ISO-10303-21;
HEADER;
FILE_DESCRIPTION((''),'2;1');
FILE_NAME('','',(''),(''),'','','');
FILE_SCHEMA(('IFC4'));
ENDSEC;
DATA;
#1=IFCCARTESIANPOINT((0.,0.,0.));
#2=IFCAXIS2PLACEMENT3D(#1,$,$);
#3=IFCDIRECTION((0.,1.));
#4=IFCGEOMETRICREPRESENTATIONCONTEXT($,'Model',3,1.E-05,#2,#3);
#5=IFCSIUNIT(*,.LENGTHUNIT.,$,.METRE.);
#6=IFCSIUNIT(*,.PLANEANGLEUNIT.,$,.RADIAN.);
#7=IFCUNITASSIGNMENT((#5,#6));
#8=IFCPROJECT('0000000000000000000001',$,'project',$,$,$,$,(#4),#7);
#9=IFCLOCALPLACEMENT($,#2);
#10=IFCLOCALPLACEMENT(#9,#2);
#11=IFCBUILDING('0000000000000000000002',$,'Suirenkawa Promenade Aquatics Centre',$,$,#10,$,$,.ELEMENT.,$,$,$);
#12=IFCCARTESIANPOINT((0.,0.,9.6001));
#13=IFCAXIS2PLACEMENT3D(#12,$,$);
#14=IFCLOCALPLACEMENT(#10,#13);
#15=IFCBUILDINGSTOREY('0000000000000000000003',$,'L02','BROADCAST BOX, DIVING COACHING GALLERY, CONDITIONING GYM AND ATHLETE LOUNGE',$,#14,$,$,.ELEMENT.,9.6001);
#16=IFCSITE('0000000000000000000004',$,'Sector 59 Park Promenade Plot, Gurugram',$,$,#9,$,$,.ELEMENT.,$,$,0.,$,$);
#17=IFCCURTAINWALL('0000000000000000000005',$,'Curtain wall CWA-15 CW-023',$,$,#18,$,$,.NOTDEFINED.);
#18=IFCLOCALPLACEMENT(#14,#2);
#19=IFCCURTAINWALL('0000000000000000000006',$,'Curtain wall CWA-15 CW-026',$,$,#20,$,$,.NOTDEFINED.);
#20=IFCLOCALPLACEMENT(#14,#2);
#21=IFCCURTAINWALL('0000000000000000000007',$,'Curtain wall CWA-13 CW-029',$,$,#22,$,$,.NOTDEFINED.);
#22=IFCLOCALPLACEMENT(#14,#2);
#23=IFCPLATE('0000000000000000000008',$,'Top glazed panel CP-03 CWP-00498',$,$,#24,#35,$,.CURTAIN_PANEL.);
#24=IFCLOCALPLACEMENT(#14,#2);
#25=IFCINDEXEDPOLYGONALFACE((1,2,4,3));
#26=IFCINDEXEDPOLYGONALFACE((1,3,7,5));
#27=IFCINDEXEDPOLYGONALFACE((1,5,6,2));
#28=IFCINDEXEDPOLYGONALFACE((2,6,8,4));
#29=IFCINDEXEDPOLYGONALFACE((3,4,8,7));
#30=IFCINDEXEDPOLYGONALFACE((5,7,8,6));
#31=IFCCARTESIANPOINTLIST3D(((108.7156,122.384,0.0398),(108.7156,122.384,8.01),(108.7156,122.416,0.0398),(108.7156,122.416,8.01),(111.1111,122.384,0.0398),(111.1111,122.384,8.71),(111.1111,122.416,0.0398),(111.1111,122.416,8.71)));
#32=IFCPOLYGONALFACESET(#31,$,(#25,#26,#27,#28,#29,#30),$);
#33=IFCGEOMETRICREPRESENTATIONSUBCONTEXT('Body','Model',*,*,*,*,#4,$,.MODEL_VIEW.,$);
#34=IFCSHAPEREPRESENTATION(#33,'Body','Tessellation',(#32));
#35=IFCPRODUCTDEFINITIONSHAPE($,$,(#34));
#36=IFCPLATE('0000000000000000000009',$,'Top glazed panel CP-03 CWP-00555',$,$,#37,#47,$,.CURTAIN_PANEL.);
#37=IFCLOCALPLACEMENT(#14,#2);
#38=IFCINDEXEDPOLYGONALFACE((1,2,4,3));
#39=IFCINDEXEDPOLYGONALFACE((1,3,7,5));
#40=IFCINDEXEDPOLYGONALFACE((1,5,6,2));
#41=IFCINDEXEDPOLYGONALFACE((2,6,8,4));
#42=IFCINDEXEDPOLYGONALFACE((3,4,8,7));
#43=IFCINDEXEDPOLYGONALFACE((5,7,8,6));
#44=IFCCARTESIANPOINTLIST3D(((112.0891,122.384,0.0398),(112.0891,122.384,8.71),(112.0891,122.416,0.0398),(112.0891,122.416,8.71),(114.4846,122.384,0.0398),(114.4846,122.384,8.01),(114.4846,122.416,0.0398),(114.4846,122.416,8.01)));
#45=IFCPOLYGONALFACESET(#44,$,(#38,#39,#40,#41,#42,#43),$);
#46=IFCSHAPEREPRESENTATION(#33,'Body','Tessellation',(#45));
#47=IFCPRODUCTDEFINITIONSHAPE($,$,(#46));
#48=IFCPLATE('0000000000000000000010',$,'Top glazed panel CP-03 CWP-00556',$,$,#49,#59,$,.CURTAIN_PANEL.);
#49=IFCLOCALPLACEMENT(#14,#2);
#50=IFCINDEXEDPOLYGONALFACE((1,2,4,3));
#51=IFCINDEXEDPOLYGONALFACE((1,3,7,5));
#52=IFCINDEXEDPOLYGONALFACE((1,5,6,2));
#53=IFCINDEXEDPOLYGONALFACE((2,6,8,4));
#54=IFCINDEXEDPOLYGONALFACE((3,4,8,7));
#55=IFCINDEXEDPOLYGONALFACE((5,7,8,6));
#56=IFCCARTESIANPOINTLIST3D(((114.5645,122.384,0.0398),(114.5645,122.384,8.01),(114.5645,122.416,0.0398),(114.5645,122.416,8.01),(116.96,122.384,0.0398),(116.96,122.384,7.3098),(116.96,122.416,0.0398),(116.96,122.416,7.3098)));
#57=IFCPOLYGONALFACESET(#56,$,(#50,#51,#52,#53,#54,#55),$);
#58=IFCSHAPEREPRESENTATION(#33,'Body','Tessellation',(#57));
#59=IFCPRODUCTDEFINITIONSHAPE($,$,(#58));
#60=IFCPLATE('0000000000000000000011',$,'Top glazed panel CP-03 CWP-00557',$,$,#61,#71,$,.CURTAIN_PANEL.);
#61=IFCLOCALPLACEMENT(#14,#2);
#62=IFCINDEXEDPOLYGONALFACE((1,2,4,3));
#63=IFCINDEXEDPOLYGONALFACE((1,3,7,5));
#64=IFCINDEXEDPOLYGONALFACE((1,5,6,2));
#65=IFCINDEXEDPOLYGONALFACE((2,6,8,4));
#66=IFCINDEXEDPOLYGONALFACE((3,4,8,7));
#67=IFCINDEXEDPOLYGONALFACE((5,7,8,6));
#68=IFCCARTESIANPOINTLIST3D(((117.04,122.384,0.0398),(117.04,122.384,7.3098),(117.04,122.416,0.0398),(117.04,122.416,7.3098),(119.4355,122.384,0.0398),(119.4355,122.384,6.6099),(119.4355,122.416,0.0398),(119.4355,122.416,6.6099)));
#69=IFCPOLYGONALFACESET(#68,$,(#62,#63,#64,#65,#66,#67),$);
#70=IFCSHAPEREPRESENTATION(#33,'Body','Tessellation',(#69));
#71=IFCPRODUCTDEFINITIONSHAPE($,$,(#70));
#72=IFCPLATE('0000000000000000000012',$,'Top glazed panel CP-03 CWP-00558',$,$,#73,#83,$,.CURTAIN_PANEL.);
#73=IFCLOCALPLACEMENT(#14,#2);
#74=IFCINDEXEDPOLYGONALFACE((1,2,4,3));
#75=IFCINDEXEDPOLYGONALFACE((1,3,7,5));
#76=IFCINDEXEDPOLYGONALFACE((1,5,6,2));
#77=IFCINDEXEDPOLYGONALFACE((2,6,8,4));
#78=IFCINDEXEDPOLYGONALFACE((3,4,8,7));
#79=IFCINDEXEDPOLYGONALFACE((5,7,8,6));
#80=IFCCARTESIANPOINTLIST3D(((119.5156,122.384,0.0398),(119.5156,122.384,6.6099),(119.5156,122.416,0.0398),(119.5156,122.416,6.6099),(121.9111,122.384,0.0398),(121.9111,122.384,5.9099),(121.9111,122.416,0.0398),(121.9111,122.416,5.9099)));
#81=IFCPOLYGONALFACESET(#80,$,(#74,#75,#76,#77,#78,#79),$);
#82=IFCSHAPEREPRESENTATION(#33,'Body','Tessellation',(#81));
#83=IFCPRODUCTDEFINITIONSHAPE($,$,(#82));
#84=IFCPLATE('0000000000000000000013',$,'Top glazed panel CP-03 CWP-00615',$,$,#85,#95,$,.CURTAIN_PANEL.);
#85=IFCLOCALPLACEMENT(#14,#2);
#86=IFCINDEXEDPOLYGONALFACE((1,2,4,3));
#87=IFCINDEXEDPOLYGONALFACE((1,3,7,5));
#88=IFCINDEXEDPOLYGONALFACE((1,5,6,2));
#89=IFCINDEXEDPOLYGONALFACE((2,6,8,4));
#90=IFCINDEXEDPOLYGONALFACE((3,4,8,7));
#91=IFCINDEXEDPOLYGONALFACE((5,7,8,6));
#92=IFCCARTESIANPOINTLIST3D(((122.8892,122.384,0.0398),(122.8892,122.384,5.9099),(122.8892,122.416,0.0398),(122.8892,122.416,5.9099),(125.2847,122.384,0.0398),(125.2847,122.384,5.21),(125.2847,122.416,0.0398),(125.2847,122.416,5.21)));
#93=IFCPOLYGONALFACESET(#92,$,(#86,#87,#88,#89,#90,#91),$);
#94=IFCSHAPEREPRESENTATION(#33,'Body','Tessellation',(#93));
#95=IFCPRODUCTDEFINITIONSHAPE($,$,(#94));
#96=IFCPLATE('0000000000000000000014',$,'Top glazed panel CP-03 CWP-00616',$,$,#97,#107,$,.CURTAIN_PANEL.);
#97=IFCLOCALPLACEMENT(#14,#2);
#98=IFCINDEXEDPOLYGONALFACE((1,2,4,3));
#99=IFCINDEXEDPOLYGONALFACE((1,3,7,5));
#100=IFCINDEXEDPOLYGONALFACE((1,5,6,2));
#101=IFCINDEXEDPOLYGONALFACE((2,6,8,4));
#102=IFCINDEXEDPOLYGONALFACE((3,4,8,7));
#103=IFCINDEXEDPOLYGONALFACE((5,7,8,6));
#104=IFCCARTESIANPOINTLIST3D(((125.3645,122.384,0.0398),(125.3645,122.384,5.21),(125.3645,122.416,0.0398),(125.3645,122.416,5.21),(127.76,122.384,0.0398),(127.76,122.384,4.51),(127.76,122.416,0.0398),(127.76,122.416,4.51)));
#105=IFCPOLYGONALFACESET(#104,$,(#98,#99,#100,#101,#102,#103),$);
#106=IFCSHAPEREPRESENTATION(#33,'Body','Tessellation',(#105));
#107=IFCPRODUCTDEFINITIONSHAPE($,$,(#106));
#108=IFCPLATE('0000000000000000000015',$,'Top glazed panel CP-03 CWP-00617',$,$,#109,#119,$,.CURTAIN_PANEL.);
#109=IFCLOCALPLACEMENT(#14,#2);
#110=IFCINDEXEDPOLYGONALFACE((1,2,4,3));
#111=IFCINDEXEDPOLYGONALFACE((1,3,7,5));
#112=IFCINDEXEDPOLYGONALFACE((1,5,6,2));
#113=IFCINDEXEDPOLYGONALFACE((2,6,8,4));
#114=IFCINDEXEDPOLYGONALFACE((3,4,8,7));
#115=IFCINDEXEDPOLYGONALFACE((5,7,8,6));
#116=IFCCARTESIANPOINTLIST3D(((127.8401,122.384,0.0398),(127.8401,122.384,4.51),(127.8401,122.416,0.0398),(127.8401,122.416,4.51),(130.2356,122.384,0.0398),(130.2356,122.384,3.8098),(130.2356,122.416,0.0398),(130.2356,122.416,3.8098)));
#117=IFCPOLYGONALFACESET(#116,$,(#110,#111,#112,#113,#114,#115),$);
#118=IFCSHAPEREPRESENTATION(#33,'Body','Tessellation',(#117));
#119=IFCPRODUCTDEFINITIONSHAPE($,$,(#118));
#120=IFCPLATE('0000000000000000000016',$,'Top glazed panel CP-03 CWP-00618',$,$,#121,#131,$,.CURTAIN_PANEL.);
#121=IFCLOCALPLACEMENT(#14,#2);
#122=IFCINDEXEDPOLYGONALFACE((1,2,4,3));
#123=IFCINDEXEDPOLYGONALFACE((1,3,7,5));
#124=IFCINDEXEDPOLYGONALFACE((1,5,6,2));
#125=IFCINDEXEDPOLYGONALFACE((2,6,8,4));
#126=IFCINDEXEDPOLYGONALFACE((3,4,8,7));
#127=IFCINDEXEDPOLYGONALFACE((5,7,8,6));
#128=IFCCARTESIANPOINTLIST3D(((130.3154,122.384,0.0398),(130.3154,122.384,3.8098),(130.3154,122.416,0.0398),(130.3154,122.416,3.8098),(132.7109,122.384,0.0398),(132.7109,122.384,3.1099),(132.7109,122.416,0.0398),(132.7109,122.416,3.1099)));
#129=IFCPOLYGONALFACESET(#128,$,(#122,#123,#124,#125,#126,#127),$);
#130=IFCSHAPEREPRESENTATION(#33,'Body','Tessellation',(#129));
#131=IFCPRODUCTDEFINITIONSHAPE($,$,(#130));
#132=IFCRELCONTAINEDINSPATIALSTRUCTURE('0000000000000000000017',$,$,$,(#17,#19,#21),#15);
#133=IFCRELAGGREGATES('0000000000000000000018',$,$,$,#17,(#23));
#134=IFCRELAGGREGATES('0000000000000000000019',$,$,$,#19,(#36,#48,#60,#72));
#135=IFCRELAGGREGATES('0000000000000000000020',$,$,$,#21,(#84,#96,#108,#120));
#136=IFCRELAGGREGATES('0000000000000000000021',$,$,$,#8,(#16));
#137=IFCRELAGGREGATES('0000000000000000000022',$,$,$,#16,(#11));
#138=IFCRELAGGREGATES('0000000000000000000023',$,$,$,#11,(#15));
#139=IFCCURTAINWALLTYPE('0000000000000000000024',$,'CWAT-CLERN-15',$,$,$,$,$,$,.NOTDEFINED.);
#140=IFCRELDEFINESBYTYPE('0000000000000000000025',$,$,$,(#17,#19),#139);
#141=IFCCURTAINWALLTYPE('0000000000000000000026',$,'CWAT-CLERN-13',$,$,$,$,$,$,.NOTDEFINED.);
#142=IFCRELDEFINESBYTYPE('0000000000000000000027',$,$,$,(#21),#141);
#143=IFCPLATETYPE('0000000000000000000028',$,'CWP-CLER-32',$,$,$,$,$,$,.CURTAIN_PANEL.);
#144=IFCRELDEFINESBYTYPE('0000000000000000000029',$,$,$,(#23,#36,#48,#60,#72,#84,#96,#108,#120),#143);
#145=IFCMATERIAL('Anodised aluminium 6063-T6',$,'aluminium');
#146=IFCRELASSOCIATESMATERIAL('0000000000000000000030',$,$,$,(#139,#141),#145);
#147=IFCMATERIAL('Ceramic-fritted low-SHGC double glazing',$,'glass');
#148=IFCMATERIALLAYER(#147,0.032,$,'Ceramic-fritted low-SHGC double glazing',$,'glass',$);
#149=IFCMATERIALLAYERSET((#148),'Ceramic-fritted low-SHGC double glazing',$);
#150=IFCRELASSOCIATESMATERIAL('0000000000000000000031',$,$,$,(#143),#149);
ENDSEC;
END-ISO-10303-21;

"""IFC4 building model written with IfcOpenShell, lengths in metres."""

from ifc_helpers import new_model, si_unit, direction, frame, origin, place, context, subcontext, project, spatial, polyline, outline, extrude, material, layer, layer_set, type_object, element, aggregate, save


model = new_model("IFC4")

# Units and contexts
model_context = context("Model", 3, precision=1e-05, world=origin(), true_north=direction((0.0, 1.0)))
body_context = subcontext(model_context, "Body", "Model", "MODEL_VIEW")
ifc_project = project(units=[si_unit("LENGTHUNIT", "METRE"), si_unit("PLANEANGLEUNIT", "RADIAN")], contexts=[model_context])

# Site, building, storey
site_placement = place(None, origin())
site = spatial("IfcSite", under=ifc_project, at=site_placement, Name="Sector 59 Park Promenade Plot, Gurugram", CompositionType="ELEMENT", RefElevation=0.0)
building_placement = place(site_placement, origin())
building = spatial("IfcBuilding", under=site, at=building_placement, Name="Suirenkawa Promenade Aquatics Centre", CompositionType="ELEMENT")
storey_placement = place(building_placement, frame((0.0, 0.0, 9.6001)))
storey = spatial("IfcBuildingStorey", under=building, at=storey_placement, Name="L02", Description="BROADCAST BOX, DIVING COACHING GALLERY, CONDITIONING GYM AND ATHLETE LOUNGE", CompositionType="ELEMENT", Elevation=9.6001)

# Curtain wall
ifc_material_1 = material(Name="Anodised aluminium 6063-T6", Category="aluminium")
curtain_wall_type_1 = type_object("IfcCurtainWallType", Name="CWAT-CLERN-15", PredefinedType="NOTDEFINED", material=ifc_material_1)
curtain_wall_1_placement = place(storey_placement, origin())
curtain_wall_1 = element("IfcCurtainWall", 1, at=curtain_wall_1_placement, inside=storey, type_object=curtain_wall_type_1, Name="Curtain wall CWA-15 CW-023", PredefinedType="NOTDEFINED")

# Curtain walls
curtain_wall_2_placement = place(storey_placement, origin())
curtain_wall_2 = element("IfcCurtainWall", 2, at=curtain_wall_2_placement, inside=storey, type_object=curtain_wall_type_1, Name="Curtain wall CWA-15 CW-026", PredefinedType="NOTDEFINED")
curtain_wall_type_2 = type_object("IfcCurtainWallType", Name="CWAT-CLERN-13", PredefinedType="NOTDEFINED", material=ifc_material_1)
curtain_wall_3_placement = place(storey_placement, origin())
curtain_wall_3 = element("IfcCurtainWall", 3, at=curtain_wall_3_placement, inside=storey, type_object=curtain_wall_type_2, Name="Curtain wall CWA-13 CW-029", PredefinedType="NOTDEFINED")

# Plates
ifc_material_2 = material(Name="Ceramic-fritted low-SHGC double glazing", Category="glass")
ifc_layer = layer(ifc_material_2, 0.032, Name="Ceramic-fritted low-SHGC double glazing", Category="glass")
ifc_layer_set = layer_set([ifc_layer], Name="Ceramic-fritted low-SHGC double glazing")
plate_type = type_object("IfcPlateType", Name="CWP-CLER-32", PredefinedType="CURTAIN_PANEL", material=ifc_layer_set)
plate_1_placement = place(storey_placement, frame((108.6755, 122.3999, 0.0398), z_axis=(0.0, 0.0, 1.0), x_axis=(1.0, 0.0, 0.0)))
plate_1 = element("IfcPlate", 4, at=plate_1_placement, type_object=plate_type, Name="Top glazed panel CP-03 CWP-00498", PredefinedType="CURTAIN_PANEL", context=body_context, shape_type="SweptSolid", body=[
    extrude(outline(polyline([(0.04, 0.0), (2.4355, 0.0), (2.4355, 8.6702), (0.04, 7.9702), (0.04, 0.0)])), frame((0.0, 0.0161, 0.0), z_axis=(0.0, -1.0, 0.0), x_axis=(1.0, 0.0, 0.0)), (0.0, 0.0, 1.0), 0.032),
])
aggregate(curtain_wall_1, [plate_1])
plate_2_placement = place(storey_placement, frame((112.0491, 122.3999, 0.0398), z_axis=(0.0, 0.0, 1.0), x_axis=(1.0, 0.0, 0.0)))
plate_2 = element("IfcPlate", 5, at=plate_2_placement, type_object=plate_type, Name="Top glazed panel CP-03 CWP-00555", PredefinedType="CURTAIN_PANEL", context=body_context, shape_type="SweptSolid", body=[
    extrude(outline(polyline([(0.04, 0.0), (2.4355, 0.0), (2.4355, 7.9702), (0.04, 8.6702), (0.04, 0.0)])), frame((0.0, 0.0161, 0.0), z_axis=(0.0, -1.0, 0.0), x_axis=(1.0, 0.0, 0.0)), (0.0, 0.0, 1.0), 0.032),
])
plate_3_placement = place(storey_placement, frame((114.5244, 122.3999, 0.0398), z_axis=(0.0, 0.0, 1.0), x_axis=(1.0, 0.0, 0.0)))
plate_3 = element("IfcPlate", 6, at=plate_3_placement, type_object=plate_type, Name="Top glazed panel CP-03 CWP-00556", PredefinedType="CURTAIN_PANEL", context=body_context, shape_type="SweptSolid", body=[
    extrude(outline(polyline([(0.04, 0.0), (2.4355, 0.0), (2.4355, 7.27), (0.04, 7.9702), (0.04, 0.0)])), frame((0.0, 0.0161, 0.0), z_axis=(0.0, -1.0, 0.0), x_axis=(1.0, 0.0, 0.0)), (0.0, 0.0, 1.0), 0.032),
])
plate_4_placement = place(storey_placement, frame((117.0, 122.3999, 0.0398), z_axis=(0.0, 0.0, 1.0), x_axis=(1.0, 0.0, 0.0)))
plate_4 = element("IfcPlate", 7, at=plate_4_placement, type_object=plate_type, Name="Top glazed panel CP-03 CWP-00557", PredefinedType="CURTAIN_PANEL", context=body_context, shape_type="SweptSolid", body=[
    extrude(outline(polyline([(0.04, 0.0), (2.4355, 0.0), (2.4355, 6.5701), (0.04, 7.27), (0.04, 0.0)])), frame((0.0, 0.0161, 0.0), z_axis=(0.0, -1.0, 0.0), x_axis=(1.0, 0.0, 0.0)), (0.0, 0.0, 1.0), 0.032),
])
plate_5_placement = place(storey_placement, frame((119.4756, 122.3999, 0.0398), z_axis=(0.0, 0.0, 1.0), x_axis=(1.0, 0.0, 0.0)))
plate_5 = element("IfcPlate", 8, at=plate_5_placement, type_object=plate_type, Name="Top glazed panel CP-03 CWP-00558", PredefinedType="CURTAIN_PANEL", context=body_context, shape_type="SweptSolid", body=[
    extrude(outline(polyline([(0.04, 0.0), (2.4355, 0.0), (2.4355, 5.8701), (0.04, 6.5701), (0.04, 0.0)])), frame((0.0, 0.0161, 0.0), z_axis=(0.0, -1.0, 0.0), x_axis=(1.0, 0.0, 0.0)), (0.0, 0.0, 1.0), 0.032),
])
aggregate(curtain_wall_2, [plate_2, plate_3, plate_4, plate_5])
plate_6_placement = place(storey_placement, frame((122.8491, 122.3999, 0.0398), z_axis=(0.0, 0.0, 1.0), x_axis=(1.0, 0.0, 0.0)))
plate_6 = element("IfcPlate", 9, at=plate_6_placement, type_object=plate_type, Name="Top glazed panel CP-03 CWP-00615", PredefinedType="CURTAIN_PANEL", context=body_context, shape_type="SweptSolid", body=[
    extrude(outline(polyline([(0.04, 0.0), (2.4355, 0.0), (2.4355, 5.1702), (0.04, 5.8701), (0.04, 0.0)])), frame((0.0, 0.0161, 0.0), z_axis=(0.0, -1.0, 0.0), x_axis=(1.0, 0.0, 0.0)), (0.0, 0.0, 1.0), 0.032),
])
plate_7_placement = place(storey_placement, frame((125.3245, 122.3999, 0.0398), z_axis=(0.0, 0.0, 1.0), x_axis=(1.0, 0.0, 0.0)))
plate_7 = element("IfcPlate", 10, at=plate_7_placement, type_object=plate_type, Name="Top glazed panel CP-03 CWP-00616", PredefinedType="CURTAIN_PANEL", context=body_context, shape_type="SweptSolid", body=[
    extrude(outline(polyline([(0.04, 0.0), (2.4355, 0.0), (2.4355, 4.4702), (0.04, 5.1702), (0.04, 0.0)])), frame((0.0, 0.0161, 0.0), z_axis=(0.0, -1.0, 0.0), x_axis=(1.0, 0.0, 0.0)), (0.0, 0.0, 1.0), 0.032),
])
plate_8_placement = place(storey_placement, frame((127.8, 122.3999, 0.0398), z_axis=(0.0, 0.0, 1.0), x_axis=(1.0, 0.0, 0.0)))
plate_8 = element("IfcPlate", 11, at=plate_8_placement, type_object=plate_type, Name="Top glazed panel CP-03 CWP-00617", PredefinedType="CURTAIN_PANEL", context=body_context, shape_type="SweptSolid", body=[
    extrude(outline(polyline([(0.04, 0.0), (2.4355, 0.0), (2.4355, 3.77), (0.04, 4.4702), (0.04, 0.0)])), frame((0.0, 0.0161, 0.0), z_axis=(0.0, -1.0, 0.0), x_axis=(1.0, 0.0, 0.0)), (0.0, 0.0, 1.0), 0.032),
])
plate_9_placement = place(storey_placement, frame((130.2754, 122.3999, 0.0398), z_axis=(0.0, 0.0, 1.0), x_axis=(1.0, 0.0, 0.0)))
plate_9 = element("IfcPlate", 12, at=plate_9_placement, type_object=plate_type, Name="Top glazed panel CP-03 CWP-00618", PredefinedType="CURTAIN_PANEL", context=body_context, shape_type="SweptSolid", body=[
    extrude(outline(polyline([(0.04, 0.0), (2.4355, 0.0), (2.4355, 3.0701), (0.04, 3.77), (0.04, 0.0)])), frame((0.0, 0.0161, 0.0), z_axis=(0.0, -1.0, 0.0), x_axis=(1.0, 0.0, 0.0)), (0.0, 0.0, 1.0), 0.032),
])
aggregate(curtain_wall_3, [plate_6, plate_7, plate_8, plate_9])

save(model, "model.ifc")
